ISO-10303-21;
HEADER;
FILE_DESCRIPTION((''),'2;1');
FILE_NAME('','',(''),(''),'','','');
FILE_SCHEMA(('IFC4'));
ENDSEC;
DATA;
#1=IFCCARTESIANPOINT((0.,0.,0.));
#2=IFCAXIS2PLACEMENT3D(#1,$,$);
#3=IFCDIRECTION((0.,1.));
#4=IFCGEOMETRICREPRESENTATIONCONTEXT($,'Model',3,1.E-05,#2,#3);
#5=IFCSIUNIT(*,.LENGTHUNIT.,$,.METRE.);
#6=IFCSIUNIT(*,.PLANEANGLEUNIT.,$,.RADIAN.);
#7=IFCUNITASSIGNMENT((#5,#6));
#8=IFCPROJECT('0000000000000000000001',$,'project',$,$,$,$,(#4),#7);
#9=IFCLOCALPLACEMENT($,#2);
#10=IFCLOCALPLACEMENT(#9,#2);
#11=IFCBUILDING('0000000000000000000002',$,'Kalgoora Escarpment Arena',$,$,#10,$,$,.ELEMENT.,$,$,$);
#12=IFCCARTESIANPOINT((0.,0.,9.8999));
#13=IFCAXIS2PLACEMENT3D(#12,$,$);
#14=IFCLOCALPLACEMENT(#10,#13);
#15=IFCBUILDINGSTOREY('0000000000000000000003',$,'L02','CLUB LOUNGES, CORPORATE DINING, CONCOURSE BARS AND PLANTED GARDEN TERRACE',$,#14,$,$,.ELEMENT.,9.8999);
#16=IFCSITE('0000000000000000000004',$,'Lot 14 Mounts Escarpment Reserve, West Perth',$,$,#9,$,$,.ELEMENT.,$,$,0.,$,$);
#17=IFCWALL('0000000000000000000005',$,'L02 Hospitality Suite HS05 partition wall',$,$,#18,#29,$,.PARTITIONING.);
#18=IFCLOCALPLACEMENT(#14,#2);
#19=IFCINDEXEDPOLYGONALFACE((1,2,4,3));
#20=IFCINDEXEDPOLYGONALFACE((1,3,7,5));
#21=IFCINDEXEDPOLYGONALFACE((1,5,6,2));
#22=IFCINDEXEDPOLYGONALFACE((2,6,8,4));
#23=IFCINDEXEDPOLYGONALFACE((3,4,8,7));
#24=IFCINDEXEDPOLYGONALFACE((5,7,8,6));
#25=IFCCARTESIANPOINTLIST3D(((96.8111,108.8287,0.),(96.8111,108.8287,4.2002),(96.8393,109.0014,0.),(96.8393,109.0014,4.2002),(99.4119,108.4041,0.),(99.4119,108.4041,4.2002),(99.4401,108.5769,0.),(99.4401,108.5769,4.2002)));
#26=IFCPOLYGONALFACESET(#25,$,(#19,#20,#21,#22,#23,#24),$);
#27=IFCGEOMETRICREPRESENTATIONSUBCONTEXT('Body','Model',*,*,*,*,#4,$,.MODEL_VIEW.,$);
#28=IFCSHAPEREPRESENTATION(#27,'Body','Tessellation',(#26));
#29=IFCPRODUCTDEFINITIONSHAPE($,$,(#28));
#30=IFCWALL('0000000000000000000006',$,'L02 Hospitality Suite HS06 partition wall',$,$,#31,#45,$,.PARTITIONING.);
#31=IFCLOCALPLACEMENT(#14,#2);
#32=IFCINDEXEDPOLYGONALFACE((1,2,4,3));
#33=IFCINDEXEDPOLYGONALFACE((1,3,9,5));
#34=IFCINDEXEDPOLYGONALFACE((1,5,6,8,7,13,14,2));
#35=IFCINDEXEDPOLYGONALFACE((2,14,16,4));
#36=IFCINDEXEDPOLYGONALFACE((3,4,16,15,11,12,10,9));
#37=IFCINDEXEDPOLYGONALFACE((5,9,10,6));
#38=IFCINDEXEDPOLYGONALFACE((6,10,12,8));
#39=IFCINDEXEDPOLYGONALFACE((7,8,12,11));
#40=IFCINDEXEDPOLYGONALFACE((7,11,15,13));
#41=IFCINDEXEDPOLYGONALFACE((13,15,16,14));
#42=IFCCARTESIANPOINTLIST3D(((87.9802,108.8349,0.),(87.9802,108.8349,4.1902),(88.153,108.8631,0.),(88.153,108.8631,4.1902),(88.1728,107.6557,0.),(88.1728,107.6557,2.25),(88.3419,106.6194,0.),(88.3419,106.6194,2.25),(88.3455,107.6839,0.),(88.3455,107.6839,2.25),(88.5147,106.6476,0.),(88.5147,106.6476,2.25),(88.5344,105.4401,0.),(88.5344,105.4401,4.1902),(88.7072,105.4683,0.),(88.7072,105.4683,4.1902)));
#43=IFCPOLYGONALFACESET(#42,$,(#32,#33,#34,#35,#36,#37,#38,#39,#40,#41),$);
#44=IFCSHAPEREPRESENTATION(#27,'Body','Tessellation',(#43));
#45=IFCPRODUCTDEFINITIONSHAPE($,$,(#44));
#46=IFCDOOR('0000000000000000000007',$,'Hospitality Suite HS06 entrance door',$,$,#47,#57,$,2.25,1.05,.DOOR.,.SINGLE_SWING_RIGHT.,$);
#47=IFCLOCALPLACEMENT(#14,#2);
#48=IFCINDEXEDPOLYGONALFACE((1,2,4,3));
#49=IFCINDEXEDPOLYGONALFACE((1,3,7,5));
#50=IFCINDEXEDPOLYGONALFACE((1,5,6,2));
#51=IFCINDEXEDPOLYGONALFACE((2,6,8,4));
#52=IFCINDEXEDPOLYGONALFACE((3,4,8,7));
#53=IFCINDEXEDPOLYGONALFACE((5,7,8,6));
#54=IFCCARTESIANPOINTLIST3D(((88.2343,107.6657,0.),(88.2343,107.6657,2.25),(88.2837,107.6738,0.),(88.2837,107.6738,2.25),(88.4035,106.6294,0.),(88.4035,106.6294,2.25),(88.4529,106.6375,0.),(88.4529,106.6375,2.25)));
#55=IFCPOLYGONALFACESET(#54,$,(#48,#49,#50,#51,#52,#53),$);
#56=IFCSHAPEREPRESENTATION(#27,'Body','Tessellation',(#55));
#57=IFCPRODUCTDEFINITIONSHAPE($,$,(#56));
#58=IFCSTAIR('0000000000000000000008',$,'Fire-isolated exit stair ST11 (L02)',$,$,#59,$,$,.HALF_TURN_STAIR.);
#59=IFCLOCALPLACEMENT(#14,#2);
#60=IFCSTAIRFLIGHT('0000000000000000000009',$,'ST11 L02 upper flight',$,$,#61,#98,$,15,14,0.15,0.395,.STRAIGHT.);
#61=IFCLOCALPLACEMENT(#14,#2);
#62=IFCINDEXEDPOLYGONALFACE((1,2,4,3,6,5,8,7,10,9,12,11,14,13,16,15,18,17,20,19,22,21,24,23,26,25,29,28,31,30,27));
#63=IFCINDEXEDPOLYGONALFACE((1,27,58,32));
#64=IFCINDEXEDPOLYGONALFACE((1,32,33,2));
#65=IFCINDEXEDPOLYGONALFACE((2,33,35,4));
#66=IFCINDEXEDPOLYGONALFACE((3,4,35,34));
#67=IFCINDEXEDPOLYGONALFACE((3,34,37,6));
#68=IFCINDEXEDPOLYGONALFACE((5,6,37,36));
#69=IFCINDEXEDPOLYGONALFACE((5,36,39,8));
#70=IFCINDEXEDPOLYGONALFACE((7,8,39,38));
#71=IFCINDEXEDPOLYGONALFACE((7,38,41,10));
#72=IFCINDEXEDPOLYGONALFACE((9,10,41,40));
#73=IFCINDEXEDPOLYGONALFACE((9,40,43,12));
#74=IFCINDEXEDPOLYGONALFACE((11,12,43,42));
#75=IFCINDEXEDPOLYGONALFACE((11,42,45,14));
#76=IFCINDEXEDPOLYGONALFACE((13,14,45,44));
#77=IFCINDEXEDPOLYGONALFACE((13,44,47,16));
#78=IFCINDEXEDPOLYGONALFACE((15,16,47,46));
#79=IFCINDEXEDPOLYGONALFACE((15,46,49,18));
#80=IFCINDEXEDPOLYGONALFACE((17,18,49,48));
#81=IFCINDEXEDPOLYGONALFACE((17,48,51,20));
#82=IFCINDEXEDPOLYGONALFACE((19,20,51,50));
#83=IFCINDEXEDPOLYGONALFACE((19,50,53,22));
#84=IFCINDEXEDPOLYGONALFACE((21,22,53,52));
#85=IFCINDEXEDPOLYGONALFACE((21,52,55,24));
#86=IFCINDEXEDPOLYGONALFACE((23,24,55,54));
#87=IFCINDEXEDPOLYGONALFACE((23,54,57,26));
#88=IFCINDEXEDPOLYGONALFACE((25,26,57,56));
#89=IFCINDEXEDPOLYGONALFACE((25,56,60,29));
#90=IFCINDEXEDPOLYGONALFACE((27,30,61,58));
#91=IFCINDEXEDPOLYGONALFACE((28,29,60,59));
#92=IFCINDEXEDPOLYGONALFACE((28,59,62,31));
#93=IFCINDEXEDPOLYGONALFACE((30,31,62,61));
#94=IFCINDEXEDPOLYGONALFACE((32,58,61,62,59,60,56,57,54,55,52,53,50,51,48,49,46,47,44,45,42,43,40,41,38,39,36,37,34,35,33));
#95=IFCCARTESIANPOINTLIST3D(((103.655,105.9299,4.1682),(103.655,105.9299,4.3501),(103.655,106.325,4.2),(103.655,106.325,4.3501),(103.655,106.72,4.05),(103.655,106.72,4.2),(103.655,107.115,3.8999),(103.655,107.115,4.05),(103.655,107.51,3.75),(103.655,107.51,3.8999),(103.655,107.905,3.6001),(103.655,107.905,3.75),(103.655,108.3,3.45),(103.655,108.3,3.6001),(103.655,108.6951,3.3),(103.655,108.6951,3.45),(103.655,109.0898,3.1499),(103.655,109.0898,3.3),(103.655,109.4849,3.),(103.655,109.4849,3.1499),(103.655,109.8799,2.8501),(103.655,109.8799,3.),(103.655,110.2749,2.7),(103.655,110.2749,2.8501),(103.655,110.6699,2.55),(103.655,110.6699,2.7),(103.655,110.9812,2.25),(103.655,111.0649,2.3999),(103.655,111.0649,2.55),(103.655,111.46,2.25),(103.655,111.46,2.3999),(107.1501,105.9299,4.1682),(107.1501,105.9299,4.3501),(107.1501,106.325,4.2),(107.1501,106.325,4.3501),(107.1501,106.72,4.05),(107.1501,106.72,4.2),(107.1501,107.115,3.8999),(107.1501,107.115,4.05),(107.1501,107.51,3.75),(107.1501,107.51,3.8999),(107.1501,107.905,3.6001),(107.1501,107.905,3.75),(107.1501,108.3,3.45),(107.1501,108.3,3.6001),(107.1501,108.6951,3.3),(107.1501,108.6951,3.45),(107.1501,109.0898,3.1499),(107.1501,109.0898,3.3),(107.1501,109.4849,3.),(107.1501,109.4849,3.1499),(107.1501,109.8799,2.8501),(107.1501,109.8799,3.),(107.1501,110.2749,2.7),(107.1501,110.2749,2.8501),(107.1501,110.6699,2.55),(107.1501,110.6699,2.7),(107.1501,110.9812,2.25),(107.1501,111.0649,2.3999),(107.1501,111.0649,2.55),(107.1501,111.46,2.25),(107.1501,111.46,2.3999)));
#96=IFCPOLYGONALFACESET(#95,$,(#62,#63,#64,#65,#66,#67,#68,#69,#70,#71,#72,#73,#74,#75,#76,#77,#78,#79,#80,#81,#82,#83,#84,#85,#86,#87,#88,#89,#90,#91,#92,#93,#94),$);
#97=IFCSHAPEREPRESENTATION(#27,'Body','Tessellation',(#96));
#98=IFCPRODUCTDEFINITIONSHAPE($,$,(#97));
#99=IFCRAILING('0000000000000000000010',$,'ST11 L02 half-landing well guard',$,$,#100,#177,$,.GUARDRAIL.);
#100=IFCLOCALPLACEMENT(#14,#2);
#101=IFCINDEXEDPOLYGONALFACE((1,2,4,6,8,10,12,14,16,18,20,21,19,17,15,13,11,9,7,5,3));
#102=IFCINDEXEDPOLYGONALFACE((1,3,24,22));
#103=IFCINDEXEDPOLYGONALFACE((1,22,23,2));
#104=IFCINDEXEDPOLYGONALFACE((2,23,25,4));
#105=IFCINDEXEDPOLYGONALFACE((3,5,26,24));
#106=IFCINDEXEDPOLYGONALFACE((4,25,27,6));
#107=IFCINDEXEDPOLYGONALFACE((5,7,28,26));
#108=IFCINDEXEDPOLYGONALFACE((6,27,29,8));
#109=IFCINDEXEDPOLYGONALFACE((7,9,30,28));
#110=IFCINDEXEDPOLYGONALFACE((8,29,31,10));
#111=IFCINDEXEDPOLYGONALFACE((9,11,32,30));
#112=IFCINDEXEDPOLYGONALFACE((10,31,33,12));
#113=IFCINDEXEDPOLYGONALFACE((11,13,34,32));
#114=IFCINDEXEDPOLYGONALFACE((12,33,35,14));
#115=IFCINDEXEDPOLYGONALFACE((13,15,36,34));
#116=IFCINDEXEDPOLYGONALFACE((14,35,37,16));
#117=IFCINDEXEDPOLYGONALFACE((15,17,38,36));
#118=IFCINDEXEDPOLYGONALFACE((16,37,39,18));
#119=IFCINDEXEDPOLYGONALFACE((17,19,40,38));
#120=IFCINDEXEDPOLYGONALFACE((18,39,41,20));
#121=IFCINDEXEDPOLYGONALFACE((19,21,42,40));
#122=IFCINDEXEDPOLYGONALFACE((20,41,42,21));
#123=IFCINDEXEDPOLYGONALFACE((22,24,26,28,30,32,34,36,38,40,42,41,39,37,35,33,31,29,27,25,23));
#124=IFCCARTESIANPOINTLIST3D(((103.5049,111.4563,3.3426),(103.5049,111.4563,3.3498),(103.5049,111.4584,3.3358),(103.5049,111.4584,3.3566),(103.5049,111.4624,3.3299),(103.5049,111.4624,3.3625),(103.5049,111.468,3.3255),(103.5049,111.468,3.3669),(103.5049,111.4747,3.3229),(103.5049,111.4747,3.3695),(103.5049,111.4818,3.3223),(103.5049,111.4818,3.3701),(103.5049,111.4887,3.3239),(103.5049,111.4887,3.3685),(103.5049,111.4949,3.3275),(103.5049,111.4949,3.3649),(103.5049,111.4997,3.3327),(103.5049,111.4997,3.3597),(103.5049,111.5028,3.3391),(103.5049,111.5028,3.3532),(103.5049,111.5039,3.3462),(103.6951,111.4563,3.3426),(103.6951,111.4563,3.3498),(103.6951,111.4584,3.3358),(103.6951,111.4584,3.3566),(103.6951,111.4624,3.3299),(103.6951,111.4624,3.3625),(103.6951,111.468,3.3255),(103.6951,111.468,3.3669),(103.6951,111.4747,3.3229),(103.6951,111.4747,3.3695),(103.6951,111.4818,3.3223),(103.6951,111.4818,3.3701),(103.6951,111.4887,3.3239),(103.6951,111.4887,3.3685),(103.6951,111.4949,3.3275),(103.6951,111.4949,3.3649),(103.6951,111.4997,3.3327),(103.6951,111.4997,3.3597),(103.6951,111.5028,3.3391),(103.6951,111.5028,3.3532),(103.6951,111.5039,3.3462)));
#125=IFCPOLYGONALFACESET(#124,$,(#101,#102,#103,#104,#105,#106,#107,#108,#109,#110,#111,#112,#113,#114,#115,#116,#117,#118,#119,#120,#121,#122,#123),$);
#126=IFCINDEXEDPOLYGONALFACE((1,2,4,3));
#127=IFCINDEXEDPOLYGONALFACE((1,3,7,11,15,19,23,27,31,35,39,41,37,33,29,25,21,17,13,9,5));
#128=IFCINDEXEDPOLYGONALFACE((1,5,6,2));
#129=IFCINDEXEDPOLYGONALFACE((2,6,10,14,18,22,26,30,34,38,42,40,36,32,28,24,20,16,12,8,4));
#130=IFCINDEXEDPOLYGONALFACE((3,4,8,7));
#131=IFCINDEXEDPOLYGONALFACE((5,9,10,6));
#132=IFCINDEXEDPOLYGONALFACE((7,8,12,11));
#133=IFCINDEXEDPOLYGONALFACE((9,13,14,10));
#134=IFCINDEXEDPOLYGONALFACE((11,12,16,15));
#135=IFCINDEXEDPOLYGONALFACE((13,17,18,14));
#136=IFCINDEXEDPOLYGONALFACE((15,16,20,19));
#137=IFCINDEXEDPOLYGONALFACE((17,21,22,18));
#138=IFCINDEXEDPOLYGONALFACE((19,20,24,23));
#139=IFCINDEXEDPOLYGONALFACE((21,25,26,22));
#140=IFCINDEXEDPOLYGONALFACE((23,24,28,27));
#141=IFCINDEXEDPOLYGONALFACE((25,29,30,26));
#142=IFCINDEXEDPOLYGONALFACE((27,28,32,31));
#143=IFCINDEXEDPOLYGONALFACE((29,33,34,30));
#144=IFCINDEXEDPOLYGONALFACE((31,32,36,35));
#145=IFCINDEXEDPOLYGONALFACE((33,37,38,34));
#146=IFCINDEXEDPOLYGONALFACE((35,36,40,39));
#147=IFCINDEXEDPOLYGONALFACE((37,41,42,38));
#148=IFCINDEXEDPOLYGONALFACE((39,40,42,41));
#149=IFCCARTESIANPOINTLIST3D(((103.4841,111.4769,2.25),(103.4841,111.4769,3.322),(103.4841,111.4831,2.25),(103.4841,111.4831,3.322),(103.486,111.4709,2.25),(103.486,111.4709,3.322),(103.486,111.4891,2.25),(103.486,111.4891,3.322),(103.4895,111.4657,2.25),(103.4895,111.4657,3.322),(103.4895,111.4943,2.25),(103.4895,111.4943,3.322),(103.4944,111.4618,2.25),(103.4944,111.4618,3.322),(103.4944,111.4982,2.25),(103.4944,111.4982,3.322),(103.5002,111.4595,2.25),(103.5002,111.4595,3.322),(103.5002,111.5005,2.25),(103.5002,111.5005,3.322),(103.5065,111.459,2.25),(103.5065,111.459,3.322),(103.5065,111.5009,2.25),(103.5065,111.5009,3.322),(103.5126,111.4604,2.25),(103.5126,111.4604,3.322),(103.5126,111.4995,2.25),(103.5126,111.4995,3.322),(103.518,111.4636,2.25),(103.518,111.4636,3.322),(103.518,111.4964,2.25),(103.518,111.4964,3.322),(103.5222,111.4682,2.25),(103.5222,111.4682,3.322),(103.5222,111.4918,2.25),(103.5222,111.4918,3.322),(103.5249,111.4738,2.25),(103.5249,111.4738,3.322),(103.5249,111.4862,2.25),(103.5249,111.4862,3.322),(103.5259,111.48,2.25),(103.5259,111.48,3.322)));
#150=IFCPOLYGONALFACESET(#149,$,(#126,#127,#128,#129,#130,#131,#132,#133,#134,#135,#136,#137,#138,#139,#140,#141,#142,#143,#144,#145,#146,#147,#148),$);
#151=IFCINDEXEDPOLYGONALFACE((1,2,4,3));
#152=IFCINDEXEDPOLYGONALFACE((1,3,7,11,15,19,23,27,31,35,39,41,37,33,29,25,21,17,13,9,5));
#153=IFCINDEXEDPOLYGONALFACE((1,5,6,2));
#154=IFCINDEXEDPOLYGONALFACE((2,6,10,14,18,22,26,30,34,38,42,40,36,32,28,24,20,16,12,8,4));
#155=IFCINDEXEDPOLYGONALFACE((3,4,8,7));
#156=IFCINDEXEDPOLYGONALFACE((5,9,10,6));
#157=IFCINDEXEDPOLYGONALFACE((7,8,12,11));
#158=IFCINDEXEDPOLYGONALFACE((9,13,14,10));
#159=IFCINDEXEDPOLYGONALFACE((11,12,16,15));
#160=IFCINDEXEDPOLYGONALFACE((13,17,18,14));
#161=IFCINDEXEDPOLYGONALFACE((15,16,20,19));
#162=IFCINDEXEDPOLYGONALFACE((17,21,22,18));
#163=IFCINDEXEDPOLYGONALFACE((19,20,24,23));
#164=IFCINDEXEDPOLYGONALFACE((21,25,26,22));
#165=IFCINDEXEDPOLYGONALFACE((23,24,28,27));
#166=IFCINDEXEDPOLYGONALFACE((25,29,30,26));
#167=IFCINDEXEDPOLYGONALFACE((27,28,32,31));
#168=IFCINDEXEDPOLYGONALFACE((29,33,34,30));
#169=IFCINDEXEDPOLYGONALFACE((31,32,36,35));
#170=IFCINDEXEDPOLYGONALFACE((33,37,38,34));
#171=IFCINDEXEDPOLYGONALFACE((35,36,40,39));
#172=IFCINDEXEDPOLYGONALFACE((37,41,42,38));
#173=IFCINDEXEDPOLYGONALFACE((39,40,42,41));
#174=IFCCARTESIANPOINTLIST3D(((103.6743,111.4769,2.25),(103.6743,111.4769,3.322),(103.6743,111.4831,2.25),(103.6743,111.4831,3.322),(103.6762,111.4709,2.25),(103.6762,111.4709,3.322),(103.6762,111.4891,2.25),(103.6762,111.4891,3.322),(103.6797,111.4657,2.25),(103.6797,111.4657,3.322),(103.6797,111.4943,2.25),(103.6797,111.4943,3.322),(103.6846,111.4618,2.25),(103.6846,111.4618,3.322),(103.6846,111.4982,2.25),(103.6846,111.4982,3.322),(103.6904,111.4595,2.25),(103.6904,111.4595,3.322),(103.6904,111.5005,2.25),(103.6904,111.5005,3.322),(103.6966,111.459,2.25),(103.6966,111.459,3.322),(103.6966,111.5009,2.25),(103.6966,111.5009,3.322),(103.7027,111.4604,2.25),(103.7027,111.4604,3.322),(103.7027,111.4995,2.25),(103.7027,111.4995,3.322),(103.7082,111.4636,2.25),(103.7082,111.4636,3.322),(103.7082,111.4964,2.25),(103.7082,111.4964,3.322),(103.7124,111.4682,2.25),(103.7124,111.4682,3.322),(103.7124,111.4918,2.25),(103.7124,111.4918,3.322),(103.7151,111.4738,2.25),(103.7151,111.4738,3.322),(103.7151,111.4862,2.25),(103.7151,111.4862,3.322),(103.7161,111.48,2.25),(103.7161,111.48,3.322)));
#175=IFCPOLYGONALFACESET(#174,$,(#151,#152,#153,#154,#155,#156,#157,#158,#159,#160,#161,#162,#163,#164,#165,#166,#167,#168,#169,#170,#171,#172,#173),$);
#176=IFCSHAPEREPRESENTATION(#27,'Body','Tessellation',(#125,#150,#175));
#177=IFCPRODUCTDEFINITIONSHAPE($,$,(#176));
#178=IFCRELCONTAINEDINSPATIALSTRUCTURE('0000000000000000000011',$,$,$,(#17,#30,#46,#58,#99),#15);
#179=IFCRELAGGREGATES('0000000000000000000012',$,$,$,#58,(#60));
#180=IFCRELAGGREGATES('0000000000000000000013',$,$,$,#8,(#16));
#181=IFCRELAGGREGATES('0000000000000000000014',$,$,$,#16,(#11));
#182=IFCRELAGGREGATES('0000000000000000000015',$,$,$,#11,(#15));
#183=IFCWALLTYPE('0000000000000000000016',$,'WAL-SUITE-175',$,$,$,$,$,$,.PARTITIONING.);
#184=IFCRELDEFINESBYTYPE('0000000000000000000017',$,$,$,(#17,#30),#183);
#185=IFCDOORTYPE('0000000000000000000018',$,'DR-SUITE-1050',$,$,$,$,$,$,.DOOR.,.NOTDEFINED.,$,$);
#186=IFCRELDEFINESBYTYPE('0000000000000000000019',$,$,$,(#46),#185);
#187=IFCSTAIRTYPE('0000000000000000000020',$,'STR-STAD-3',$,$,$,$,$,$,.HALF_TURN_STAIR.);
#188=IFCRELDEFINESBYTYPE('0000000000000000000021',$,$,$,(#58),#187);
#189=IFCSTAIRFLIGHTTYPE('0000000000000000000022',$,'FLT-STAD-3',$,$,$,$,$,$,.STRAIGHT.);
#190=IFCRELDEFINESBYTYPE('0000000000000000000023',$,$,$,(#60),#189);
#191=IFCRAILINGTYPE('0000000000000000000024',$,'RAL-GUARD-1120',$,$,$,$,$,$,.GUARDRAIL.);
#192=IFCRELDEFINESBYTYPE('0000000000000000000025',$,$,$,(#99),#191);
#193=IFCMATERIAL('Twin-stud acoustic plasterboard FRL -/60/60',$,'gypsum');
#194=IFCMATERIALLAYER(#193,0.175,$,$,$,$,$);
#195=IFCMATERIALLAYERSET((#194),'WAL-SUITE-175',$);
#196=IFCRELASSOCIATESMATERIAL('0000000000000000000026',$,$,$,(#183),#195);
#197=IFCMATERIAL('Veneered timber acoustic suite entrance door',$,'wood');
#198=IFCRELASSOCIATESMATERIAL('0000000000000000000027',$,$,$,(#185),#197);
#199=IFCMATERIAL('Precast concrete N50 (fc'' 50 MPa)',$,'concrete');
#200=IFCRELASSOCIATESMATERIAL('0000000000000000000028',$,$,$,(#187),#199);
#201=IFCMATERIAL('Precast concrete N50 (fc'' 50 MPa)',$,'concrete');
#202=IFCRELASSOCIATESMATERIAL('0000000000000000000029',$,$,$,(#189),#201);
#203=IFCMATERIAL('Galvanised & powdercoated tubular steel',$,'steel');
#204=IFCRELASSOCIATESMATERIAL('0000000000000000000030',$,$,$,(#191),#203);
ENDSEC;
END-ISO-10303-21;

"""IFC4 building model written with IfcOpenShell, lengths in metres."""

from ifc_helpers import new_model, si_unit, direction, frame, frame_2d, origin, origin_2d, place, context, subcontext, project, spatial, polyline, rectangle, circle, outline, extrude, material, layer, layer_set, type_object, element, fill, aggregate, save


model = new_model("IFC4")

# Units and contexts
model_context = context("Model", 3, precision=1e-05, world=origin(), true_north=direction((0.0, 1.0)))
body_context = subcontext(model_context, "Body", "Model", "MODEL_VIEW")
ifc_project = project(units=[si_unit("LENGTHUNIT", "METRE"), si_unit("PLANEANGLEUNIT", "RADIAN")], contexts=[model_context])

# Site, building, storey
site_placement = place(None, origin())
site = spatial("IfcSite", under=ifc_project, at=site_placement, Name="Lot 14 Mounts Escarpment Reserve, West Perth", CompositionType="ELEMENT", RefElevation=0.0)
building_placement = place(site_placement, origin())
building = spatial("IfcBuilding", under=site, at=building_placement, Name="Kalgoora Escarpment Arena", CompositionType="ELEMENT")
storey_placement = place(building_placement, frame((0.0, 0.0, 9.8999)))
storey = spatial("IfcBuildingStorey", under=building, at=storey_placement, Name="L02", Description="CLUB LOUNGES, CORPORATE DINING, CONCOURSE BARS AND PLANTED GARDEN TERRACE", CompositionType="ELEMENT", Elevation=9.8999)

# Wall
ifc_material_1 = material(Name="Twin-stud acoustic plasterboard FRL -/60/60", Category="gypsum")
ifc_layer_1 = layer(ifc_material_1, 0.175)
ifc_layer_set_1 = layer_set([ifc_layer_1], Name="WAL-SUITE-175")
wall_type_1 = type_object("IfcWallType", Name="WAL-SUITE-175", PredefinedType="PARTITIONING", material=ifc_layer_set_1)
wall_1_placement = place(storey_placement, frame((96.8252, 108.915, 0.0), z_axis=(0.0, 0.0, 1.0), x_axis=(0.986937, -0.161108, 0.0)))
element("IfcWall", 1, at=wall_1_placement, inside=storey, type_object=wall_type_1, Name="L02 Hospitality Suite HS05 partition wall", PredefinedType="PARTITIONING", context=body_context, shape_type="SweptSolid", body=[
    extrude(rectangle(XDim=2.6353, YDim=0.175, at=frame_2d((1.3176, 0.0))), origin(), (0.0, 0.0, 1.0), 4.2002),
])

# Wall, opening, door
wall_2_placement = place(storey_placement, frame((88.0667, 108.8489, 0.0), z_axis=(0.0, 0.0, 1.0), x_axis=(0.161118, -0.986935, 0.0)))
wall_2 = element("IfcWall", 2, at=wall_2_placement, inside=storey, type_object=wall_type_1, Name="L02 Hospitality Suite HS06 partition wall", PredefinedType="PARTITIONING", context=body_context, shape_type="SweptSolid", body=[
    extrude(rectangle(XDim=3.4397, YDim=0.175, at=frame_2d((1.7197, 0.0))), origin(), (0.0, 0.0, 1.0), 4.1902),
])
opening_1_placement = place(wall_2_placement, frame((1.1948, 0.0, 0.0)))
opening_1 = element("IfcOpeningElement", 3, at=opening_1_placement, cuts=wall_2, PredefinedType="OPENING", context=body_context, shape_type="SweptSolid", body=[
    extrude(rectangle(XDim=1.05, YDim=2.25, at=frame_2d((0.5249, 1.125))), frame((0.0, 0.0974, 0.0), z_axis=(0.0, -1.0, 0.0), x_axis=(1.0, 0.0, 0.0)), (0.0, 0.0, 1.0), 0.1951),
])
ifc_material_2 = material(Name="Veneered timber acoustic suite entrance door", Category="wood")
door_type = type_object("IfcDoorType", Name="DR-SUITE-1050", OperationType="NOTDEFINED", PredefinedType="DOOR", material=ifc_material_2)
door_placement = place(opening_1_placement, origin())
door = element("IfcDoor", 4, at=door_placement, inside=storey, type_object=door_type, Name="Hospitality Suite HS06 entrance door", OperationType="SINGLE_SWING_RIGHT", OverallHeight=2.25, OverallWidth=1.05, PredefinedType="DOOR", context=body_context, shape_type="SweptSolid", body=[
    extrude(rectangle(XDim=1.05, YDim=2.25, at=frame_2d((0.5249, 1.125))), frame((0.0, 0.0249, 0.0), z_axis=(0.0, -1.0, 0.0), x_axis=(1.0, 0.0, 0.0)), (0.0, 0.0, 1.0), 0.05),
])
fill(opening_1, door)

# Stair, stair flight
ifc_material_3 = material(Name="Precast concrete N50 (fc' 50 MPa)", Category="concrete")
stair_type = type_object("IfcStairType", Name="STR-STAD-3", PredefinedType="HALF_TURN_STAIR", material=ifc_material_3)
stair_placement = place(storey_placement, origin())
stair = element("IfcStair", 5, at=stair_placement, inside=storey, type_object=stair_type, Name="Fire-isolated exit stair ST11 (L02)", PredefinedType="HALF_TURN_STAIR")
ifc_material_4 = material(Name="Precast concrete N50 (fc' 50 MPa)", Category="concrete")
stair_flight_type = type_object("IfcStairFlightType", Name="FLT-STAD-3", PredefinedType="STRAIGHT", material=ifc_material_4)
stair_flight_placement = place(storey_placement, frame((105.4026, 111.46, 2.25), z_axis=(0.0, 0.0, 1.0), x_axis=(0.0, -1.0, 0.0)))
stair_flight = element("IfcStairFlight", 6, at=stair_flight_placement, type_object=stair_flight_type, Name="ST11 L02 upper flight", NumberOfRisers=15, NumberOfTreads=14, PredefinedType="STRAIGHT", RiserHeight=0.15, TreadLength=0.395, context=body_context, shape_type="SweptSolid", body=[
    extrude(outline(polyline([(0.0, 0.0), (0.0, 0.1499), (0.395, 0.1499), (0.395, 0.3), (0.79, 0.3), (0.79, 0.45), (1.1851, 0.45), (1.1851, 0.6001), (1.5801, 0.6001), (1.5801, 0.75), (1.9751, 0.75), (1.9751, 0.8999), (2.3701, 0.8999), (2.3701, 1.05), (2.7649, 1.05), (2.7649, 1.2), (3.1599, 1.2), (3.1599, 1.3501), (3.5549, 1.3501), (3.5549, 1.5), (3.95, 1.5), (3.95, 1.6499), (4.345, 1.6499), (4.345, 1.8), (4.74, 1.8), (4.74, 1.95), (5.135, 1.95), (5.135, 2.1001), (5.53, 2.1001), (5.53, 2.25), (5.53, 1.9182), (0.4788, 0.0), (0.0, 0.0)])), frame((0.0, 1.7476, 0.0), z_axis=(0.0, -1.0, 0.0), x_axis=(1.0, 0.0, 0.0)), (0.0, 0.0, 1.0), 3.4951),
])
aggregate(stair, [stair_flight])

# Railing
ifc_material_5 = material(Name="Galvanised & powdercoated tubular steel", Category="steel")
railing_type_1 = type_object("IfcRailingType", Name="RAL-GUARD-1120", PredefinedType="GUARDRAIL", material=ifc_material_5)
railing_1_placement = place(storey_placement, frame((103.5049, 111.48, 2.25)))
element("IfcRailing", 7, at=railing_1_placement, inside=storey, type_object=railing_type_1, Name="ST11 L02 half-landing well guard", PredefinedType="GUARDRAIL", context=body_context, shape_type="SweptSolid", body=[
    extrude(circle(Radius=0.0239, at=origin_2d()), frame((0.0, 0.0, 1.0962), z_axis=(1.0, 0.0, 0.0), x_axis=(0.0, 1.0, 0.0)), (0.0, 0.0, 1.0), 0.1902),
    extrude(circle(Radius=0.021, at=origin_2d()), origin(), (0.0, 0.0, 1.0), 1.072),
    extrude(circle(Radius=0.021, at=origin_2d()), frame((0.1902, 0.0, 0.0)), (0.0, 0.0, 1.0), 1.072),
])

save(model, "model.ifc")
